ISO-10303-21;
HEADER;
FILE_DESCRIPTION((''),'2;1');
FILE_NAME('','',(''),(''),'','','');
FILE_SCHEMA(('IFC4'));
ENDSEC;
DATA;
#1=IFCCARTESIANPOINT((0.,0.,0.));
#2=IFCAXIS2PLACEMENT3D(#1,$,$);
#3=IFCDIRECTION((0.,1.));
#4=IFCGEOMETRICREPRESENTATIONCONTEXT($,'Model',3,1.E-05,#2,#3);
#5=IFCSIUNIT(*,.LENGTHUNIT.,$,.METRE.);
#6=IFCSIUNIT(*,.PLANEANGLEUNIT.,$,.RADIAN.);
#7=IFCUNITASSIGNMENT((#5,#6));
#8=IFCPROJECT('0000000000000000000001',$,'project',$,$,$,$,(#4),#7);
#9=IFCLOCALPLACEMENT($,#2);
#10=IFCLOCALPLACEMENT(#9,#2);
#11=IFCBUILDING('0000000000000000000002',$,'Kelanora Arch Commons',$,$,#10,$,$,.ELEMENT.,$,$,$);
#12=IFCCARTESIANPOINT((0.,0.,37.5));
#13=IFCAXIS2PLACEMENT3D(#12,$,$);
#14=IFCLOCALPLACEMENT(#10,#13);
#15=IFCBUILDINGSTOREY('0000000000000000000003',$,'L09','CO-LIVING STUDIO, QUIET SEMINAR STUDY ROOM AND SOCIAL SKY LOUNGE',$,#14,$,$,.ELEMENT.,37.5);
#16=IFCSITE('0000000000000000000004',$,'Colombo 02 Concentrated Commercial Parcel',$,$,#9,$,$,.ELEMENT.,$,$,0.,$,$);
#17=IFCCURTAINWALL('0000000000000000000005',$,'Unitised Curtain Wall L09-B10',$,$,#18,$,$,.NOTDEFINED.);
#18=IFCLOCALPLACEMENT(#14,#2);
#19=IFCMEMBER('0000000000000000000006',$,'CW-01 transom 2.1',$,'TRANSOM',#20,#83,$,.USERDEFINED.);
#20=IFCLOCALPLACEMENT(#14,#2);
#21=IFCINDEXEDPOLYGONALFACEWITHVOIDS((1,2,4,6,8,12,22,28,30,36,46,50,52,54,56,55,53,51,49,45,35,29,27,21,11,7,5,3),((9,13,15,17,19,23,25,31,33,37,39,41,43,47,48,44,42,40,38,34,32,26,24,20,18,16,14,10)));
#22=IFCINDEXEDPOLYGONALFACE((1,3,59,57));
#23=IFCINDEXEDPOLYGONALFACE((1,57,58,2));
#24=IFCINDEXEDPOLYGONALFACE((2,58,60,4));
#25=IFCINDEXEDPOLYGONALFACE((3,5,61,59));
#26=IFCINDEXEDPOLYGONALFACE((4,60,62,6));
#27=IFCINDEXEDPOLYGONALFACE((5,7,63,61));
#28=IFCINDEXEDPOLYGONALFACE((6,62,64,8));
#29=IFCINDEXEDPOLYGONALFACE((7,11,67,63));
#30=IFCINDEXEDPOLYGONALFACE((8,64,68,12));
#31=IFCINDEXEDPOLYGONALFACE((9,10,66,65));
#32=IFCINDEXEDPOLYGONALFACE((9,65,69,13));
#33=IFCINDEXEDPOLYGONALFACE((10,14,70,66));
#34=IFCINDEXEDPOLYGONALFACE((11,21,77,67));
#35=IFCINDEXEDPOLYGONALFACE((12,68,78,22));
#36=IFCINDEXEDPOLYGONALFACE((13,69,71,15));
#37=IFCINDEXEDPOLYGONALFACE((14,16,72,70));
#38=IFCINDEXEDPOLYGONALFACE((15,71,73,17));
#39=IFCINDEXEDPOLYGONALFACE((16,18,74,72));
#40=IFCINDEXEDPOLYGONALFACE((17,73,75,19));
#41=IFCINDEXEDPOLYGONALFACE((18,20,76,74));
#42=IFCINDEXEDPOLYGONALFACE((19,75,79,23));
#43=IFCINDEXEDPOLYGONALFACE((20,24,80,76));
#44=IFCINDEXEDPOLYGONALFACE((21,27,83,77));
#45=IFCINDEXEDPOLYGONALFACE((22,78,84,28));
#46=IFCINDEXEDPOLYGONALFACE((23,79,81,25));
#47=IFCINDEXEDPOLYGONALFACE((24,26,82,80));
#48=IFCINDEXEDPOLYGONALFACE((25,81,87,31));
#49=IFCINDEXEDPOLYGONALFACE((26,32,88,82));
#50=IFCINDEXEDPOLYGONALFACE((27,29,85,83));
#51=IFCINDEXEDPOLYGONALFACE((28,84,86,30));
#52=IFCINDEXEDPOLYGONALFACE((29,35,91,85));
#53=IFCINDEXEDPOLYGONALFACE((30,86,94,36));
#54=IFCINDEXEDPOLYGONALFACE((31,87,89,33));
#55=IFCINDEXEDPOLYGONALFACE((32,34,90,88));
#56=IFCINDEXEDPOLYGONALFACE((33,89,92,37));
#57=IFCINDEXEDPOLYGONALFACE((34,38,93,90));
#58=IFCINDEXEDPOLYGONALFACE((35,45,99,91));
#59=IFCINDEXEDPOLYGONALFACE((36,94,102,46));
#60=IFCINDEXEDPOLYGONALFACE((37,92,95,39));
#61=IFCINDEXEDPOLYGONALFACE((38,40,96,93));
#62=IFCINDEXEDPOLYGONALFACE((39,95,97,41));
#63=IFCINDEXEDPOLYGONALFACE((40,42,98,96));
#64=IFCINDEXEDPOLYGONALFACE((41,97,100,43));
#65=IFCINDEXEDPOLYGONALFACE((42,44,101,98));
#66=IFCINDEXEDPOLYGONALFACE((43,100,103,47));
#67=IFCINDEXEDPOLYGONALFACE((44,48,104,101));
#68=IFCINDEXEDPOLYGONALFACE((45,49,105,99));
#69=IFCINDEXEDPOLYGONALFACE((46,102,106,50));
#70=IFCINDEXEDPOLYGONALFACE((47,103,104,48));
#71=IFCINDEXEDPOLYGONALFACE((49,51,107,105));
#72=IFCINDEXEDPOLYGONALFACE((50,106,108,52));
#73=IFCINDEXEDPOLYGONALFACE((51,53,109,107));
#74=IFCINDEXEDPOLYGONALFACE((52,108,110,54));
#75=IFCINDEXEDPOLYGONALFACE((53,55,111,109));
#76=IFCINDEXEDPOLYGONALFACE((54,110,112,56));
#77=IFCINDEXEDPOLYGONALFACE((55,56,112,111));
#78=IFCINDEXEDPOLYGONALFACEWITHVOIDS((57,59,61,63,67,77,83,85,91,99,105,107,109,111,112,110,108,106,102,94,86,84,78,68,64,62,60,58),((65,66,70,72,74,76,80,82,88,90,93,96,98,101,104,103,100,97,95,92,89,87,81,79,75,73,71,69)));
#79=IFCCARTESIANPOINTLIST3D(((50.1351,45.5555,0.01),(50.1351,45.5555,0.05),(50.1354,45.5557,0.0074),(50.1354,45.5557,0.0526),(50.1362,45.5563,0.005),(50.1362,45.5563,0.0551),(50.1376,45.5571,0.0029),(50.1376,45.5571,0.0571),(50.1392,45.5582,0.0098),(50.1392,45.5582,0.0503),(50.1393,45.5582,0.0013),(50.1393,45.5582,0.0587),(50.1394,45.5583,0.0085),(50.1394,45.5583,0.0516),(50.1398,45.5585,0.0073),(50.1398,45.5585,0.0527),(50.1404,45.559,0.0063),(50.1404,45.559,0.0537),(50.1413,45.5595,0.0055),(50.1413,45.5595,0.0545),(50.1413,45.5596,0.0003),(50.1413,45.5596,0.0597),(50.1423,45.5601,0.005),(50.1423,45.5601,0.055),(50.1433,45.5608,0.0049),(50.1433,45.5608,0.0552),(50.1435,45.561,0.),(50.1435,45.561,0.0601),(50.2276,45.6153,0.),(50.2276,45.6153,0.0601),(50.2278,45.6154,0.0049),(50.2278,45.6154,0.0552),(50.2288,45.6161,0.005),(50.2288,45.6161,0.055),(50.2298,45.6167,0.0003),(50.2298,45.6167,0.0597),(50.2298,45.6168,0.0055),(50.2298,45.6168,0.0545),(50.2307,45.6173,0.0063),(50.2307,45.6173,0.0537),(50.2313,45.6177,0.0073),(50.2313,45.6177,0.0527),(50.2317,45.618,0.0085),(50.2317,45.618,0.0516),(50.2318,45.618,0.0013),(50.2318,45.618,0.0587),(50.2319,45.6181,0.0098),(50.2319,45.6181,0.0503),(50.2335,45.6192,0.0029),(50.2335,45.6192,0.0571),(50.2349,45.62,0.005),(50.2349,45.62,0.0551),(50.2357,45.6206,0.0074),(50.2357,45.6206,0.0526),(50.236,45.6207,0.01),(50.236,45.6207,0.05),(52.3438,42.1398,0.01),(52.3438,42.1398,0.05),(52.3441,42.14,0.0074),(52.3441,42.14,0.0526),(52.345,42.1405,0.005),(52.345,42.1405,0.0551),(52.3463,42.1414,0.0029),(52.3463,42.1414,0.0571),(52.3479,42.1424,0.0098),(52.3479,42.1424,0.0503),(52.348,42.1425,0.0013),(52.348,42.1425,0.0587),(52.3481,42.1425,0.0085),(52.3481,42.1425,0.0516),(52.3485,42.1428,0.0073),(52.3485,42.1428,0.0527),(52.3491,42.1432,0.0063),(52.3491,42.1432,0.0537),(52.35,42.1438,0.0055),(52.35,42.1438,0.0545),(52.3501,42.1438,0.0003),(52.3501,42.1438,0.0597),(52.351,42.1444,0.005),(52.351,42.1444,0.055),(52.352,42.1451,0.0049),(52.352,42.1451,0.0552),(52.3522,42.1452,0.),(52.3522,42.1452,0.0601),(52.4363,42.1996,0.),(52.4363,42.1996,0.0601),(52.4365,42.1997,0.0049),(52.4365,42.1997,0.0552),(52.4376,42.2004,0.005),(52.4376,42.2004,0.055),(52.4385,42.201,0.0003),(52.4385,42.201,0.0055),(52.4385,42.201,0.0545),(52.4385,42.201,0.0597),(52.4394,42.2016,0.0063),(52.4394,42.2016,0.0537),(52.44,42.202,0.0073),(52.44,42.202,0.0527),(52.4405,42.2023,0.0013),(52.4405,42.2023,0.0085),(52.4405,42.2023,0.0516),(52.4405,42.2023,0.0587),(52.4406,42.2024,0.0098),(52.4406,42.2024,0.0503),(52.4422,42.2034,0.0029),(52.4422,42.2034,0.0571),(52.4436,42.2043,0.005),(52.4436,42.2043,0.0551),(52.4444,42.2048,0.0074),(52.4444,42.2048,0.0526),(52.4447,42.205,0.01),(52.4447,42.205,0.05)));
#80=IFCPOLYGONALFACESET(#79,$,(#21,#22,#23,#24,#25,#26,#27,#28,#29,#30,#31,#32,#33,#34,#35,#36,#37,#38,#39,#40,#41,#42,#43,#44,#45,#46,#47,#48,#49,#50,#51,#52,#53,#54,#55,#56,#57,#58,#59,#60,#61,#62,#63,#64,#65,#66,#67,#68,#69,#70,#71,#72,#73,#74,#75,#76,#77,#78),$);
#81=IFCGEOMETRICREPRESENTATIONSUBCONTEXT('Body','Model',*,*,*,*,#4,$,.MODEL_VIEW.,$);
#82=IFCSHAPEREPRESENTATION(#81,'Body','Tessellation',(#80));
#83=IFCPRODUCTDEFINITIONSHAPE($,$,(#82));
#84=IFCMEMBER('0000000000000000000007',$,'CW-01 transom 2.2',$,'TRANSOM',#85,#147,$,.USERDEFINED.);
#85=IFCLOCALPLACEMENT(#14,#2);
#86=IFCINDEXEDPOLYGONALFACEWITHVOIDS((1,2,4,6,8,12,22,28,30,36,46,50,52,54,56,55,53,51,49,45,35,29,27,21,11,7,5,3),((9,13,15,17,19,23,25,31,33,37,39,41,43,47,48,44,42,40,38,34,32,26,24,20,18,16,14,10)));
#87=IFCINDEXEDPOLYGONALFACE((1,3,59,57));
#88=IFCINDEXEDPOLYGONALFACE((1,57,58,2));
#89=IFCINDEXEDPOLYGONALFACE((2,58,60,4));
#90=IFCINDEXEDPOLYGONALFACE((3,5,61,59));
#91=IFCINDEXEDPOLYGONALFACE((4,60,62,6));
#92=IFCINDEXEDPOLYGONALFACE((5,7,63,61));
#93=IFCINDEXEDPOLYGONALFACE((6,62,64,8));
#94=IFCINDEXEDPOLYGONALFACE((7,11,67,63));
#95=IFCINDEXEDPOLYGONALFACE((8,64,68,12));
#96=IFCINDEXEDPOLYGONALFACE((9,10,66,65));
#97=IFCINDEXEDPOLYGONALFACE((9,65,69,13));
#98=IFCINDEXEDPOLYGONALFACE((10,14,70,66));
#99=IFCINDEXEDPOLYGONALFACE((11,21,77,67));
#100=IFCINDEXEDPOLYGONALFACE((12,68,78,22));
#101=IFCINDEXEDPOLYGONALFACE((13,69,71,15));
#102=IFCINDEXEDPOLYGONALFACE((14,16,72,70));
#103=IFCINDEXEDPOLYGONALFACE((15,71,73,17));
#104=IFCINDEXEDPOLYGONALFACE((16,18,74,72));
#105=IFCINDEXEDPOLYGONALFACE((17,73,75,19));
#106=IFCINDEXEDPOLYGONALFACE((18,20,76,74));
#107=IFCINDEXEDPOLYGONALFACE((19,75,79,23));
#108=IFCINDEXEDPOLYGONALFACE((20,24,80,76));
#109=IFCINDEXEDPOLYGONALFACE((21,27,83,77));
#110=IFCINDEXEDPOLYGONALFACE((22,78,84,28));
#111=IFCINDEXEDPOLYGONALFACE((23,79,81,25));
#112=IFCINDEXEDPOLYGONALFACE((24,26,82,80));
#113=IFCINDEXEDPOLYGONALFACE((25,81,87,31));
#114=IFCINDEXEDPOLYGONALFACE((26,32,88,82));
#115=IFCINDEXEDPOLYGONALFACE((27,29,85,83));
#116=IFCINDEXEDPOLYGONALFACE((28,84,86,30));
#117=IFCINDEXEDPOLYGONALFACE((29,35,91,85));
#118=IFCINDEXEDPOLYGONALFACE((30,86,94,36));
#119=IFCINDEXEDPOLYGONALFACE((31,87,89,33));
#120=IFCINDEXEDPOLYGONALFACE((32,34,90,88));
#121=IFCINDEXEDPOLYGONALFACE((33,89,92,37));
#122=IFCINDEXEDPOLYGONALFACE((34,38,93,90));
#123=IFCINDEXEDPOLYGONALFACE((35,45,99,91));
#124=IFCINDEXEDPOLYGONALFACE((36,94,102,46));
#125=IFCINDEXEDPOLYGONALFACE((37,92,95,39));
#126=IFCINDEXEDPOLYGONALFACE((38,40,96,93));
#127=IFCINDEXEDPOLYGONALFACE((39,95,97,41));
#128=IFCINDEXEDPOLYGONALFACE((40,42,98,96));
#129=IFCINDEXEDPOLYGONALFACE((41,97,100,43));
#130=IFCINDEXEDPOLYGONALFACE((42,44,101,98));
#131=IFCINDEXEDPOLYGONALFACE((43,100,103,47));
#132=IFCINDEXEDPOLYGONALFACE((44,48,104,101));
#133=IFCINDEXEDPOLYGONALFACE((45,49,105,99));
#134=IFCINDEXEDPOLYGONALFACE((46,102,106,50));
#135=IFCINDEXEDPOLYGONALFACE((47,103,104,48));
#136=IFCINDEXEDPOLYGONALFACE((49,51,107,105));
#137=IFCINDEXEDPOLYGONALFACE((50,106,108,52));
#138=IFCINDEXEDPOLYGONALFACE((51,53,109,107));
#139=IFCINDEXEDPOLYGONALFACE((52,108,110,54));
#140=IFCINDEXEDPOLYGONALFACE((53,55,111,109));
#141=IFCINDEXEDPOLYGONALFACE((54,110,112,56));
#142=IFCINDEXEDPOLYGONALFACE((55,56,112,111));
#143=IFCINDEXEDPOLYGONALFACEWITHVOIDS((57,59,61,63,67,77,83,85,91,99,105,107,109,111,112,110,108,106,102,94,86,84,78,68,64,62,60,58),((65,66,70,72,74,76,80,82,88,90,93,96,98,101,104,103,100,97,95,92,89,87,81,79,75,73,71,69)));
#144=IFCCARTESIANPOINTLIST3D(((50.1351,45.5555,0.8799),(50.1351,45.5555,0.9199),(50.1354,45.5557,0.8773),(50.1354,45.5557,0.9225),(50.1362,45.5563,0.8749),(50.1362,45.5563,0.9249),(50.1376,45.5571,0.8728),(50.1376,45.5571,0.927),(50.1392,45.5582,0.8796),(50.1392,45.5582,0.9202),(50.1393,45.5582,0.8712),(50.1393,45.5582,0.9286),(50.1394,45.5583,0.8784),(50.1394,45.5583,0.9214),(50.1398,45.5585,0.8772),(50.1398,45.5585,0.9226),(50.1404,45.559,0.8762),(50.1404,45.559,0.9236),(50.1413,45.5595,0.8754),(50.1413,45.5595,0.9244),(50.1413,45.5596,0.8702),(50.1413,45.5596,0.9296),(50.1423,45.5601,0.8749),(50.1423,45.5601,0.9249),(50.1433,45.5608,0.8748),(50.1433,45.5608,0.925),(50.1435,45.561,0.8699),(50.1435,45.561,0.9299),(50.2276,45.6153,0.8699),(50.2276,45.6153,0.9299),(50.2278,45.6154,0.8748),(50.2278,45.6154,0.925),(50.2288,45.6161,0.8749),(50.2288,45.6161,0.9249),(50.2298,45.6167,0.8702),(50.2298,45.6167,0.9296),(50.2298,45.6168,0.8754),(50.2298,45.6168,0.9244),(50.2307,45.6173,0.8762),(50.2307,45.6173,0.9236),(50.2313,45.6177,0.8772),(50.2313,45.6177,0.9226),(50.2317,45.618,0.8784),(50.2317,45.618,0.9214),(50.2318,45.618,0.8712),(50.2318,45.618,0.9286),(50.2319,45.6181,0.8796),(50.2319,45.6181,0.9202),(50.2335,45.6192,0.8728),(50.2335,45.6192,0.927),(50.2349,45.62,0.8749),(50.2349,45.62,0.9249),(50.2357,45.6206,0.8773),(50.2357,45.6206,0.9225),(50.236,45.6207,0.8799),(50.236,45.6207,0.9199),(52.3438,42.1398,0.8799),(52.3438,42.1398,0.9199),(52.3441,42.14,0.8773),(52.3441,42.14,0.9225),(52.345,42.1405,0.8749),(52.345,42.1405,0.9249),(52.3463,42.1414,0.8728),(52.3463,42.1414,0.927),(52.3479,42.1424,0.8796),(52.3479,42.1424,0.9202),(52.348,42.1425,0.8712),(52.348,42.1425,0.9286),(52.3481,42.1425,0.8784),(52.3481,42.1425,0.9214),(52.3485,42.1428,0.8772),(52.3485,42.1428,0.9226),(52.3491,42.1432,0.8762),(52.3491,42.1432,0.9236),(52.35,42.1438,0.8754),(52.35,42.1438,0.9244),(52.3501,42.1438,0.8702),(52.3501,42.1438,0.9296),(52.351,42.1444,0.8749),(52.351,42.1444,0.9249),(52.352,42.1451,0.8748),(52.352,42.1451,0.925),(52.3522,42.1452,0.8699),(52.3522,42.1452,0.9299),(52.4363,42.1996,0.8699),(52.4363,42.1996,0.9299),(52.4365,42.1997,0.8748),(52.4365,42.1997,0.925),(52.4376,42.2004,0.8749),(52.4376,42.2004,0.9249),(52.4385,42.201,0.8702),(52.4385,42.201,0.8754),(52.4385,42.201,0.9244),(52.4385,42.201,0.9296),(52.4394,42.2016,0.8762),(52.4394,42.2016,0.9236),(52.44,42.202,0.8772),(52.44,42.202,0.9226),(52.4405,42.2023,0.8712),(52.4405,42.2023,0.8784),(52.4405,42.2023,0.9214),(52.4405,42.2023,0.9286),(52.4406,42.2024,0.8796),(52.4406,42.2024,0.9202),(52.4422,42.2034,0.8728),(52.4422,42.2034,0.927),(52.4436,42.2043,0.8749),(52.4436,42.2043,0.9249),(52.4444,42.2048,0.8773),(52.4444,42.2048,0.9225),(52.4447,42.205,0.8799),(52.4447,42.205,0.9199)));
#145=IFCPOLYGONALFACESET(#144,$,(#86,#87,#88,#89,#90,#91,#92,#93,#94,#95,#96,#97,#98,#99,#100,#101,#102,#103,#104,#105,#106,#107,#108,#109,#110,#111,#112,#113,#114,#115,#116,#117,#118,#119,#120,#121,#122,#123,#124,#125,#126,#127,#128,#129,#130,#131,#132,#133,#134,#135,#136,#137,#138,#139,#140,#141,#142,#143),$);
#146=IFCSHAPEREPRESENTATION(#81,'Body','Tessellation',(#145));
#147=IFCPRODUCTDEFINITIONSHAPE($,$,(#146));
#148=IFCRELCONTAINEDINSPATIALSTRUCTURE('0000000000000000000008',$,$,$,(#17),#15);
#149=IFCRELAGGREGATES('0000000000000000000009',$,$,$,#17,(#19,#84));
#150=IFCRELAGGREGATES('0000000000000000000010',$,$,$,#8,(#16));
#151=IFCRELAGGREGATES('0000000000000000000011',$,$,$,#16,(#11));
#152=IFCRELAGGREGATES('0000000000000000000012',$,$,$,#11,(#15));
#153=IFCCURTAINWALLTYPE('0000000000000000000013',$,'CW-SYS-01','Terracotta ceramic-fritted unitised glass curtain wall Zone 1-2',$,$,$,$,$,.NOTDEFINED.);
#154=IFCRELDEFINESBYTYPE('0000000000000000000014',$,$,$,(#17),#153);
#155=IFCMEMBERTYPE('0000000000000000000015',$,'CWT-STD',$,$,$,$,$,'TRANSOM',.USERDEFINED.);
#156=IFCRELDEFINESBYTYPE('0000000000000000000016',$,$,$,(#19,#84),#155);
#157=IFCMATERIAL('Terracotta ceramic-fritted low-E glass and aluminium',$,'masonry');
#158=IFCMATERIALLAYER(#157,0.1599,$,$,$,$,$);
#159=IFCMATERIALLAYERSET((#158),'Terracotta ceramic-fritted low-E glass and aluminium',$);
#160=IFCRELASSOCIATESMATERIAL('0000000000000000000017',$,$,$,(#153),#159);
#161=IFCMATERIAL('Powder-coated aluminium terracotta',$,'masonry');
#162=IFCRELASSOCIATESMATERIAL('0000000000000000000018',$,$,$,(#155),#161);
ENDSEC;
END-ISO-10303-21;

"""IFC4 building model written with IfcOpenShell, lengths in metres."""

from ifc_helpers import new_model, si_unit, direction, frame, origin, origin_2d, place, context, subcontext, project, spatial, hollow_rectangle, extrude, material, layer, layer_set, material_profile, profile_set, type_object, element, aggregate, save


model = new_model("IFC4")

# Units and contexts
model_context = context("Model", 3, precision=1e-05, world=origin(), true_north=direction((0.0, 1.0)))
body_context = subcontext(model_context, "Body", "Model", "MODEL_VIEW")
ifc_project = project(units=[si_unit("LENGTHUNIT", "METRE"), si_unit("PLANEANGLEUNIT", "RADIAN")], contexts=[model_context])

# Site, building, storey
site_placement = place(None, origin())
site = spatial("IfcSite", under=ifc_project, at=site_placement, Name="Colombo 02 Concentrated Commercial Parcel", CompositionType="ELEMENT", RefElevation=0.0)
building_placement = place(site_placement, origin())
building = spatial("IfcBuilding", under=site, at=building_placement, Name="Kelanora Arch Commons", CompositionType="ELEMENT")
storey_placement = place(building_placement, frame((0.0, 0.0, 37.5)))
storey = spatial("IfcBuildingStorey", under=building, at=storey_placement, Name="L09", Description="CO-LIVING STUDIO, QUIET SEMINAR STUDY ROOM AND SOCIAL SKY LOUNGE", CompositionType="ELEMENT", Elevation=37.5)

# Curtain wall, members
ifc_material_1 = material(Name="Terracotta ceramic-fritted low-E glass and aluminium", Category="masonry")
ifc_layer_1 = layer(ifc_material_1, 0.1599)
ifc_layer_set_1 = layer_set([ifc_layer_1], Name="Terracotta ceramic-fritted low-E glass and aluminium")
curtain_wall_type = type_object("IfcCurtainWallType", Name="CW-SYS-01", Description="Terracotta ceramic-fritted unitised glass curtain wall Zone 1-2", PredefinedType="NOTDEFINED", material=ifc_layer_set_1)
curtain_wall_placement = place(storey_placement, origin())
curtain_wall = element("IfcCurtainWall", 1, at=curtain_wall_placement, inside=storey, type_object=curtain_wall_type, Name="Unitised Curtain Wall L09-B10", PredefinedType="NOTDEFINED")
ifc_material_2 = material(Name="Powder-coated aluminium terracotta", Category="masonry")
ifc_material_profile_1 = material_profile(ifc_material_2, hollow_rectangle(XDim=0.1201, YDim=0.0601, WallThickness=0.0049, InnerFilletRadius=0.0049, OuterFilletRadius=0.01, at=origin_2d()), Name="CWT120x60")
ifc_profile_set_1 = profile_set([ifc_material_profile_1], Name="Powder-coated aluminium terracotta")
member_type_1 = type_object("IfcMemberType", Name="CWT-STD", ElementType="TRANSOM", PredefinedType="USERDEFINED", material=ifc_profile_set_1)
member_1_placement = place(storey_placement, frame((50.1855, 45.5881, 0.03), z_axis=(0.542997, -0.839734, 0.0), x_axis=(0.839734, 0.542997, 0.0)))
member_1 = element("IfcMember", 2, at=member_1_placement, type_object=member_type_1, Name="CW-01 transom 2.1", ObjectType="TRANSOM", PredefinedType="USERDEFINED", context=body_context, shape_type="SweptSolid", body=[
    extrude(hollow_rectangle(XDim=0.1201, YDim=0.0601, WallThickness=0.0049, InnerFilletRadius=0.0049, OuterFilletRadius=0.01, at=origin_2d()), origin(), (0.0, 0.0, 1.0), 4.0676),
])
member_2_placement = place(storey_placement, frame((50.1855, 45.5881, 0.8999), z_axis=(0.542997, -0.839734, 0.0), x_axis=(0.839734, 0.542997, 0.0)))
member_2 = element("IfcMember", 3, at=member_2_placement, type_object=member_type_1, Name="CW-01 transom 2.2", ObjectType="TRANSOM", PredefinedType="USERDEFINED", context=body_context, shape_type="SweptSolid", body=[
    extrude(hollow_rectangle(XDim=0.1201, YDim=0.0601, WallThickness=0.0049, InnerFilletRadius=0.0049, OuterFilletRadius=0.01, at=origin_2d()), origin(), (0.0, 0.0, 1.0), 4.0676),
])

aggregate(curtain_wall, [member_1, member_2])

save(model, "model.ifc")
